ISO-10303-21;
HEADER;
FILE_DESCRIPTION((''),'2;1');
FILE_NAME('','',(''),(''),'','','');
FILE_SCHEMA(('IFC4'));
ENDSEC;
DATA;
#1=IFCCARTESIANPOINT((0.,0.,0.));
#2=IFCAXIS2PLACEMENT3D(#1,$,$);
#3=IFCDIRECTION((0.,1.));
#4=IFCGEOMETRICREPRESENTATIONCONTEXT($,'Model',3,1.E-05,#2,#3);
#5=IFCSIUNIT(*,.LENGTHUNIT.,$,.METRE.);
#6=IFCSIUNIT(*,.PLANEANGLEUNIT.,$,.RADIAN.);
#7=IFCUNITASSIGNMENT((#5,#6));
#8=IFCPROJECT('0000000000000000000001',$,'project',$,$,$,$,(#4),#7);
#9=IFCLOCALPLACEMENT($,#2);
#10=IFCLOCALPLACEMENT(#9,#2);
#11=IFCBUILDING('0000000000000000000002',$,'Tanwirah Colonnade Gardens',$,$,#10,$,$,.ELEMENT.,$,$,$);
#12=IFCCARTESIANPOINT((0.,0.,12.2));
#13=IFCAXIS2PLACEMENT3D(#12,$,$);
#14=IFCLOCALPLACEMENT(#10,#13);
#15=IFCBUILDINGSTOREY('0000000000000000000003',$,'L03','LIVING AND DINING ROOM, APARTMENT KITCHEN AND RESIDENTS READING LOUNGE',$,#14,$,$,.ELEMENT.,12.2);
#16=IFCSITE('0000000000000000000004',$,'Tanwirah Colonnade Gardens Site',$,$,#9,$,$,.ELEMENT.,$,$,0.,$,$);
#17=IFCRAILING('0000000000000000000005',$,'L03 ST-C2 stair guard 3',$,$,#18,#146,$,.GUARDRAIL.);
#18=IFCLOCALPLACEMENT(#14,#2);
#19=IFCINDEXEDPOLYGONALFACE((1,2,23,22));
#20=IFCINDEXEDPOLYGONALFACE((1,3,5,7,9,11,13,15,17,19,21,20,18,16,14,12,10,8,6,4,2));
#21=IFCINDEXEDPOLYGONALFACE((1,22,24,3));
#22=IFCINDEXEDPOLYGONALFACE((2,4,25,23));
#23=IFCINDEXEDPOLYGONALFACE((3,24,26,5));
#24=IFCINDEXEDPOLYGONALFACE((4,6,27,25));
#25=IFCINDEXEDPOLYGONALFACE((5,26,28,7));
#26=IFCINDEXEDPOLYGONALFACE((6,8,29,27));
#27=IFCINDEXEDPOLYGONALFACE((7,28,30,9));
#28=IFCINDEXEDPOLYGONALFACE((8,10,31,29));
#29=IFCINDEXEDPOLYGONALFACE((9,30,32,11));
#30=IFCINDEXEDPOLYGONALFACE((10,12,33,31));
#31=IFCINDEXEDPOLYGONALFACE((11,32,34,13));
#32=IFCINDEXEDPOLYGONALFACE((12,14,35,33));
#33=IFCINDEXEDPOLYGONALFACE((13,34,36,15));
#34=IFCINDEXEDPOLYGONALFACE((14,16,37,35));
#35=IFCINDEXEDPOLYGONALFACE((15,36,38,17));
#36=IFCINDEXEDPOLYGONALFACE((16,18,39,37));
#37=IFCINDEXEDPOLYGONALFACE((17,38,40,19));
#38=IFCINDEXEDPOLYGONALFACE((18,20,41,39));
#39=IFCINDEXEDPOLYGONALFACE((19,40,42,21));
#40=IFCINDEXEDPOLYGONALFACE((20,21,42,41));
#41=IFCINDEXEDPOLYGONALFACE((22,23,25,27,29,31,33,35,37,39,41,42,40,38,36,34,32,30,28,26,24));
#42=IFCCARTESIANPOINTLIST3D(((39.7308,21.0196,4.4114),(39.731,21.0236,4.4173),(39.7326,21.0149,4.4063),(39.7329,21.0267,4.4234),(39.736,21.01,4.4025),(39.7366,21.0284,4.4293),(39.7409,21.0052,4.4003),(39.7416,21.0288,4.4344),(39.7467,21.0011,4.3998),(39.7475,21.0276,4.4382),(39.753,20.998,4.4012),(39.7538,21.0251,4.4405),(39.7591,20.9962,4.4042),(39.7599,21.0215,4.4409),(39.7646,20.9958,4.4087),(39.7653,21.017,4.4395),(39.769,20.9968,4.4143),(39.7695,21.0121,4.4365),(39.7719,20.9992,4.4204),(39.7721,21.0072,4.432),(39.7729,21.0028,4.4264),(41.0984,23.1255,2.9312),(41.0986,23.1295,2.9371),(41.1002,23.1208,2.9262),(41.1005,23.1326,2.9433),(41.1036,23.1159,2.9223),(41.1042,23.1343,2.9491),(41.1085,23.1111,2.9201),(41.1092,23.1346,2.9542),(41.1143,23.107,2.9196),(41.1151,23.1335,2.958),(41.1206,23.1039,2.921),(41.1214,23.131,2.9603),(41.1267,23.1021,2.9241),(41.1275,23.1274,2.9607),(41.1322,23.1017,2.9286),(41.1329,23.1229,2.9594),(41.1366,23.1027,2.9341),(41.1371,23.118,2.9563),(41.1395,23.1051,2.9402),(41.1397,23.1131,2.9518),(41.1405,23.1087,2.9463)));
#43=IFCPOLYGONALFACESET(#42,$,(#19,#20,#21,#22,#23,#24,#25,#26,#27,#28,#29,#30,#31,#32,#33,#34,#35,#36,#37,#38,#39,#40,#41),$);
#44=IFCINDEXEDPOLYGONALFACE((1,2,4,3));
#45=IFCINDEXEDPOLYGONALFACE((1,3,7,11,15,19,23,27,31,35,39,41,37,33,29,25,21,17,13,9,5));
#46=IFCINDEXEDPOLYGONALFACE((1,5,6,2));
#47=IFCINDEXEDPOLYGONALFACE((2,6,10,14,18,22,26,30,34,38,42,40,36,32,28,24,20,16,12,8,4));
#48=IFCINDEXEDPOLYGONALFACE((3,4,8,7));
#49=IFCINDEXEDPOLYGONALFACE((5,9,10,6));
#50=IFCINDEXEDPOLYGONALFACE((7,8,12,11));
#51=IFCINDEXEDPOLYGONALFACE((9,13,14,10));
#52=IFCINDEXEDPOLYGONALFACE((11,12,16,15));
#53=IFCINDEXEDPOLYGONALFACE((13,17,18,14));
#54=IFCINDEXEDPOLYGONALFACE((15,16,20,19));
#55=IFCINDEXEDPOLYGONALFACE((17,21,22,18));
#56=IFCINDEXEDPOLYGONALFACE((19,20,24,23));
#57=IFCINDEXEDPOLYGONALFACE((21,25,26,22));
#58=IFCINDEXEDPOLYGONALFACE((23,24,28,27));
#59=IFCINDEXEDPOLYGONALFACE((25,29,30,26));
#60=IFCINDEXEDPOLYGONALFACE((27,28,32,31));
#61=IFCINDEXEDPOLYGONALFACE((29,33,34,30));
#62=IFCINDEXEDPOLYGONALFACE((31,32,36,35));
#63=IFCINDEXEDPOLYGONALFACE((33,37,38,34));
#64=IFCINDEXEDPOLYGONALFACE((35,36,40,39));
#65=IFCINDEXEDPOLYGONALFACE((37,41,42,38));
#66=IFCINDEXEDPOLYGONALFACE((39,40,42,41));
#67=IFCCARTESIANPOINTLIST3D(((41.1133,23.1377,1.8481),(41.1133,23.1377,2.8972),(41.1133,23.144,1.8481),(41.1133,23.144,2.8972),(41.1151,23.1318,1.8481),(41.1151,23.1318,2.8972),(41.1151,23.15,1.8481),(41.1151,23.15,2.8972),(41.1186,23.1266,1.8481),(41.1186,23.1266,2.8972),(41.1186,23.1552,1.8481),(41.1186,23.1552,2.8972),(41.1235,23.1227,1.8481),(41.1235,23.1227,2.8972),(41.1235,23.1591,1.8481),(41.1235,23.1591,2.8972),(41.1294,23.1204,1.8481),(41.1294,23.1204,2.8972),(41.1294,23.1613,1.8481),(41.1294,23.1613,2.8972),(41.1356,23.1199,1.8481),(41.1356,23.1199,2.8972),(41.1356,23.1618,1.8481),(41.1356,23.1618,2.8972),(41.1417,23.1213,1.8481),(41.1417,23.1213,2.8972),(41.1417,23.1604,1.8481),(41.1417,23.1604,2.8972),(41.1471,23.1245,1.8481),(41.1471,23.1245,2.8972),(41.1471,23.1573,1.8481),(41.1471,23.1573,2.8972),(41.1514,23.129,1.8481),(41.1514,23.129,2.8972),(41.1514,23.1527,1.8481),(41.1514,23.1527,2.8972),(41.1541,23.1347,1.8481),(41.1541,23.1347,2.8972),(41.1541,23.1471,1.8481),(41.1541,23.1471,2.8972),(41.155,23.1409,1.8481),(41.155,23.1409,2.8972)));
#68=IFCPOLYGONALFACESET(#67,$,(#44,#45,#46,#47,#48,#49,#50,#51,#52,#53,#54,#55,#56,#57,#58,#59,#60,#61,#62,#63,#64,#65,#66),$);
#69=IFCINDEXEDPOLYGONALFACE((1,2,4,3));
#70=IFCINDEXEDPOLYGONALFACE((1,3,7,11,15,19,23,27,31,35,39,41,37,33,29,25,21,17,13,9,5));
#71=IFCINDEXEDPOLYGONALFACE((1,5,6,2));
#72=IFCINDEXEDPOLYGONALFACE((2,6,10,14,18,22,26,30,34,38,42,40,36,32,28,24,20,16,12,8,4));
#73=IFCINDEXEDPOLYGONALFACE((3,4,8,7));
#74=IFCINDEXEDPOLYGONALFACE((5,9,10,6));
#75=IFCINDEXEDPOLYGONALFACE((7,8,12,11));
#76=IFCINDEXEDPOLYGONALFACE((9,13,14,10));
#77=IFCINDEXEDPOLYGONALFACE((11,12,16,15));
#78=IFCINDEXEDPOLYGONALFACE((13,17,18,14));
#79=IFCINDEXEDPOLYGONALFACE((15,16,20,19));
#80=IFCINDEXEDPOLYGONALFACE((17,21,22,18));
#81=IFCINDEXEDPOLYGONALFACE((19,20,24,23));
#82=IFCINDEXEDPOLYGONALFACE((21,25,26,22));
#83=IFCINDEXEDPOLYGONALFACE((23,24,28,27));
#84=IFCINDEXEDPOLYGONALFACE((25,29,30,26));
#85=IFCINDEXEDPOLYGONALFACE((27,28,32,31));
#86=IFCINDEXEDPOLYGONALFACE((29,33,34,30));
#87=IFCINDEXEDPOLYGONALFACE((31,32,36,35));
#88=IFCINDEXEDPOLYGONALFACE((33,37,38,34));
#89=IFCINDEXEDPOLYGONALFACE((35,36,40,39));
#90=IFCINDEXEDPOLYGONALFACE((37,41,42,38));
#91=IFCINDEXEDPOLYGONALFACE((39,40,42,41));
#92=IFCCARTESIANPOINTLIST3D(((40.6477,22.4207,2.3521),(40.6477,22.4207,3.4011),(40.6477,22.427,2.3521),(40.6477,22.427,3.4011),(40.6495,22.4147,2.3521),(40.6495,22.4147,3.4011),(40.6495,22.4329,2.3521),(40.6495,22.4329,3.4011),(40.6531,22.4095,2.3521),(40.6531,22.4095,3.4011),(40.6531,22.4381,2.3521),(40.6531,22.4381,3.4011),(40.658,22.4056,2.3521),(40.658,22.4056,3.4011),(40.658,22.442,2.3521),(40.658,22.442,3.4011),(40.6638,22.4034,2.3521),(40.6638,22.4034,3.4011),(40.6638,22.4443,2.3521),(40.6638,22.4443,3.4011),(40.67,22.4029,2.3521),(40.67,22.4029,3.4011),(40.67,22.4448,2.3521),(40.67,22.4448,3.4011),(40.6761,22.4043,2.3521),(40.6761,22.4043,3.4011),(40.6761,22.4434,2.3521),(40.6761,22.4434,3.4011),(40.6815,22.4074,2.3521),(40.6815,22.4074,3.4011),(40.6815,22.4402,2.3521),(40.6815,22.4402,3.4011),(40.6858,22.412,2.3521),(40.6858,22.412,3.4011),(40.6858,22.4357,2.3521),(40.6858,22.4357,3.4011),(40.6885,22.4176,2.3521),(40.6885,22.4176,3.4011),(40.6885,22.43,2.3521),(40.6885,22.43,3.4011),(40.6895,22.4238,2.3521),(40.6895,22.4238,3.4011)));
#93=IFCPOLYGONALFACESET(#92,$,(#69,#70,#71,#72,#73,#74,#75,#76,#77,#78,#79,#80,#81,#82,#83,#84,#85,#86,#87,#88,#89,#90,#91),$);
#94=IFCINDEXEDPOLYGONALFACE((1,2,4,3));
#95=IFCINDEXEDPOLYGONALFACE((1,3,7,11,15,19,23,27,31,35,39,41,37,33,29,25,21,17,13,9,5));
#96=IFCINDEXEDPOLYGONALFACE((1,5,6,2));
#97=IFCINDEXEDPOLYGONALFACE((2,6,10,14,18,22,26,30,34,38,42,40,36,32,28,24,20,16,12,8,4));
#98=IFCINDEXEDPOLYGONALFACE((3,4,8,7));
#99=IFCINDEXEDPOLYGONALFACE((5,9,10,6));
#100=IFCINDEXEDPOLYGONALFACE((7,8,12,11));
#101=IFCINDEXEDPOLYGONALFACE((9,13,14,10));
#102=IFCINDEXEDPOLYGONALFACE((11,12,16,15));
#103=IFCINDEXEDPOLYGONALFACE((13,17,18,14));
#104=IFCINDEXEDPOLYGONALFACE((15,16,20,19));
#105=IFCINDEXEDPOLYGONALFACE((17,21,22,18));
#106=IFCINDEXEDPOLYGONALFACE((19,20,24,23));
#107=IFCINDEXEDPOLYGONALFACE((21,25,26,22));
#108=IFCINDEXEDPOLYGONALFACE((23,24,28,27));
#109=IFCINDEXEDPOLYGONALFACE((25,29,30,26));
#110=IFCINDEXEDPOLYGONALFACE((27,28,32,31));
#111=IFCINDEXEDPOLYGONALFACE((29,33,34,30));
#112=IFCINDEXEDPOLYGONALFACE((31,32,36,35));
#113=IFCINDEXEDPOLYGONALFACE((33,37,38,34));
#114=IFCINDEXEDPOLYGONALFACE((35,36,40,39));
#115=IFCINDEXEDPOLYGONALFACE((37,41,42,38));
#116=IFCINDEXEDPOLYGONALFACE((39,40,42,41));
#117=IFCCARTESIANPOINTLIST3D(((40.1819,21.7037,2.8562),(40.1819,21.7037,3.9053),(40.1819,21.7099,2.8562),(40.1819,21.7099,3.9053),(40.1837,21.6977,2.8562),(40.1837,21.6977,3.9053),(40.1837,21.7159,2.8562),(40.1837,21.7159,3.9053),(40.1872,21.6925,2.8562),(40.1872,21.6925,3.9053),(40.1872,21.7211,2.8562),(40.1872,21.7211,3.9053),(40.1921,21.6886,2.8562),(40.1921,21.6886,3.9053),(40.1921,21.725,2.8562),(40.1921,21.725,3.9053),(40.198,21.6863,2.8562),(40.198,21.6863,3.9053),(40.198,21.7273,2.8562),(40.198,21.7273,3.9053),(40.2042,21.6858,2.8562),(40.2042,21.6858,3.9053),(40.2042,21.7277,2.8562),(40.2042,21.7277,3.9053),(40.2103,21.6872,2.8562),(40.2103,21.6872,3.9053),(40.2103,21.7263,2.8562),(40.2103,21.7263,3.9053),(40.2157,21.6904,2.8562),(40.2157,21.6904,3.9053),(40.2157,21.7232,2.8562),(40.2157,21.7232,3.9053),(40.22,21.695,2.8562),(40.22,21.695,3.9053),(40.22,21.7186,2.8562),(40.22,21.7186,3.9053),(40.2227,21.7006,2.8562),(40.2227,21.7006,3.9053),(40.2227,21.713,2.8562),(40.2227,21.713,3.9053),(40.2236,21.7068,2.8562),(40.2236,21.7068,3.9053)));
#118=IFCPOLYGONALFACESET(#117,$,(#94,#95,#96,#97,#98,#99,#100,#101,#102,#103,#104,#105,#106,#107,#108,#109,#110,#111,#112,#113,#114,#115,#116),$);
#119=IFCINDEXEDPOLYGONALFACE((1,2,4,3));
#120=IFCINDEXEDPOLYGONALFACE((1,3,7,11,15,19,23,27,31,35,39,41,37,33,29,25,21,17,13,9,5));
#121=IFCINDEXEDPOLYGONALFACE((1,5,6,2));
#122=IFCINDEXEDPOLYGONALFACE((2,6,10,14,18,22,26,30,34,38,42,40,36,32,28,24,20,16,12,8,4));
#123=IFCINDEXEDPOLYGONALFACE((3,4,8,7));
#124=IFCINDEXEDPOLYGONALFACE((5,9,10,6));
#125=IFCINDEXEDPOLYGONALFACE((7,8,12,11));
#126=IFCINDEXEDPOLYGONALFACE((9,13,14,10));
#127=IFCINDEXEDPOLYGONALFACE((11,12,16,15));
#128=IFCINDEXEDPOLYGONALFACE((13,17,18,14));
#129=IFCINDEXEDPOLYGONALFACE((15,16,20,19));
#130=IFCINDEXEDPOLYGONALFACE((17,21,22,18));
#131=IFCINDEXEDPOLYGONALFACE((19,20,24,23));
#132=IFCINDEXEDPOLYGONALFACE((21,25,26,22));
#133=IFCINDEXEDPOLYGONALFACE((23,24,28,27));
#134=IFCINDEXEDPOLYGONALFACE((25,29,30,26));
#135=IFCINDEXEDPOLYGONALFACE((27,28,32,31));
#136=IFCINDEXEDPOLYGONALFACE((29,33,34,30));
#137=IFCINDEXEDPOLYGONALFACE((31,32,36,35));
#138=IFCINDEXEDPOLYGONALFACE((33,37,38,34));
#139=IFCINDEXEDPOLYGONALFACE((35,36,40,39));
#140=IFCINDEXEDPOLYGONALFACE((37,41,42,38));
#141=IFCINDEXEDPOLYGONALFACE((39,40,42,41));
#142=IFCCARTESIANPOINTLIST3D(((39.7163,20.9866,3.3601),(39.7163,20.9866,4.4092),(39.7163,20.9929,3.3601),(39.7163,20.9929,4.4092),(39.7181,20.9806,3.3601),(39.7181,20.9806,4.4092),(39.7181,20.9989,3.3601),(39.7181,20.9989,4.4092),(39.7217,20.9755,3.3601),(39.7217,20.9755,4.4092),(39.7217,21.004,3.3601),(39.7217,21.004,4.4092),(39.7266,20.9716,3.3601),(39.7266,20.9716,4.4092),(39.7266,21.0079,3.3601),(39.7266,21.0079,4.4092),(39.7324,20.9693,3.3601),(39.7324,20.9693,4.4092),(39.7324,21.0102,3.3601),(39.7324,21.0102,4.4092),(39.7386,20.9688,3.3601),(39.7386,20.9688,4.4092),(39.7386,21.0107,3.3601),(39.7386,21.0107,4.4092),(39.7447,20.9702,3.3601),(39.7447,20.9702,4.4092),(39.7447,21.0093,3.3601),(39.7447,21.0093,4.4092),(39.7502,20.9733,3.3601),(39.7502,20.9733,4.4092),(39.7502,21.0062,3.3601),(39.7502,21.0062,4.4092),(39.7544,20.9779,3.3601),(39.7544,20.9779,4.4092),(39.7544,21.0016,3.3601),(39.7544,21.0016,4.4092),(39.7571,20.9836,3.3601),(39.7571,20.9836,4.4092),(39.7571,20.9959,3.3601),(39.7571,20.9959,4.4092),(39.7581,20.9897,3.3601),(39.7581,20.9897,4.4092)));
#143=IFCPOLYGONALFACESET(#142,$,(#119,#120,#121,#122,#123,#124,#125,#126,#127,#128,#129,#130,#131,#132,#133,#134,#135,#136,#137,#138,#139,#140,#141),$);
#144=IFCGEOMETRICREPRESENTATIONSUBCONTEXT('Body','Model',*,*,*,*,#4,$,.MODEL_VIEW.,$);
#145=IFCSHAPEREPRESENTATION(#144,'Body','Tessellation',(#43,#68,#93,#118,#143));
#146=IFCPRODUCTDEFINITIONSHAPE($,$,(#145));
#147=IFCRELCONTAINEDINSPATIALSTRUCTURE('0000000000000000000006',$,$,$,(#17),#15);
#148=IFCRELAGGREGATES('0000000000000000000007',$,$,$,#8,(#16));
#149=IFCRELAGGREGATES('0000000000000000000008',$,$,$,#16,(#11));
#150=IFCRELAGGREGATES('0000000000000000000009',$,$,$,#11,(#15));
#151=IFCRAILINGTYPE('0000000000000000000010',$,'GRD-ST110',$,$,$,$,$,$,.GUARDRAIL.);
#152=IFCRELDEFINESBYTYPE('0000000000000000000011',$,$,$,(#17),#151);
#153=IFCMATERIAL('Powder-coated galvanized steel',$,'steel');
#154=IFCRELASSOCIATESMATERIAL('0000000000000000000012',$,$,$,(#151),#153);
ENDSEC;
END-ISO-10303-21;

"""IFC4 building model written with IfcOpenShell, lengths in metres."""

from ifc_helpers import new_model, si_unit, direction, frame, origin, origin_2d, place, context, subcontext, project, spatial, circle, extrude, material, type_object, element, save


model = new_model("IFC4")

# Units and contexts
model_context = context("Model", 3, precision=1e-05, world=origin(), true_north=direction((0.0, 1.0)))
body_context = subcontext(model_context, "Body", "Model", "MODEL_VIEW")
ifc_project = project(units=[si_unit("LENGTHUNIT", "METRE"), si_unit("PLANEANGLEUNIT", "RADIAN")], contexts=[model_context])

# Site, building, storey
site_placement = place(None, origin())
site = spatial("IfcSite", under=ifc_project, at=site_placement, Name="Tanwirah Colonnade Gardens Site", CompositionType="ELEMENT", RefElevation=0.0)
building_placement = place(site_placement, origin())
building = spatial("IfcBuilding", under=site, at=building_placement, Name="Tanwirah Colonnade Gardens", CompositionType="ELEMENT")
storey_placement = place(building_placement, frame((0.0, 0.0, 12.2)))
storey = spatial("IfcBuildingStorey", under=building, at=storey_placement, Name="L03", Description="LIVING AND DINING ROOM, APARTMENT KITCHEN AND RESIDENTS READING LOUNGE", CompositionType="ELEMENT", Elevation=12.2)

# Railing
ifc_material_1 = material(Name="Powder-coated galvanized steel", Category="steel")
railing_type_1 = type_object("IfcRailingType", Name="GRD-ST110", PredefinedType="GUARDRAIL", material=ifc_material_1)
railing_1_placement = place(storey_placement, frame((41.134, 23.1409, 1.8481)))
element("IfcRailing", 1, at=railing_1_placement, inside=storey, type_object=railing_type_1, Name="L03 ST-C2 stair guard 3", PredefinedType="GUARDRAIL", context=body_context, shape_type="SweptSolid", body=[
    extrude(circle(Radius=0.0239, at=origin_2d()), frame((-0.0146, -0.0227, 1.092), z_axis=(-0.469193, -0.722484, 0.507814), x_axis=(0.838668, -0.544644, 0.0)), (0.0, 0.0, 1.0), 2.9148),
    extrude(circle(Radius=0.021, at=origin_2d()), origin(), (0.0, 0.0, 1.0), 1.0491),
    extrude(circle(Radius=0.021, at=origin_2d()), frame((-0.4656, -0.717, 0.5039)), (0.0, 0.0, 1.0), 1.0491),
    extrude(circle(Radius=0.021, at=origin_2d()), frame((-0.9314, -1.4341, 1.0081)), (0.0, 0.0, 1.0), 1.0491),
    extrude(circle(Radius=0.021, at=origin_2d()), frame((-1.397, -2.1511, 1.512)), (0.0, 0.0, 1.0), 1.0491),
])

save(model, "model.ifc")
